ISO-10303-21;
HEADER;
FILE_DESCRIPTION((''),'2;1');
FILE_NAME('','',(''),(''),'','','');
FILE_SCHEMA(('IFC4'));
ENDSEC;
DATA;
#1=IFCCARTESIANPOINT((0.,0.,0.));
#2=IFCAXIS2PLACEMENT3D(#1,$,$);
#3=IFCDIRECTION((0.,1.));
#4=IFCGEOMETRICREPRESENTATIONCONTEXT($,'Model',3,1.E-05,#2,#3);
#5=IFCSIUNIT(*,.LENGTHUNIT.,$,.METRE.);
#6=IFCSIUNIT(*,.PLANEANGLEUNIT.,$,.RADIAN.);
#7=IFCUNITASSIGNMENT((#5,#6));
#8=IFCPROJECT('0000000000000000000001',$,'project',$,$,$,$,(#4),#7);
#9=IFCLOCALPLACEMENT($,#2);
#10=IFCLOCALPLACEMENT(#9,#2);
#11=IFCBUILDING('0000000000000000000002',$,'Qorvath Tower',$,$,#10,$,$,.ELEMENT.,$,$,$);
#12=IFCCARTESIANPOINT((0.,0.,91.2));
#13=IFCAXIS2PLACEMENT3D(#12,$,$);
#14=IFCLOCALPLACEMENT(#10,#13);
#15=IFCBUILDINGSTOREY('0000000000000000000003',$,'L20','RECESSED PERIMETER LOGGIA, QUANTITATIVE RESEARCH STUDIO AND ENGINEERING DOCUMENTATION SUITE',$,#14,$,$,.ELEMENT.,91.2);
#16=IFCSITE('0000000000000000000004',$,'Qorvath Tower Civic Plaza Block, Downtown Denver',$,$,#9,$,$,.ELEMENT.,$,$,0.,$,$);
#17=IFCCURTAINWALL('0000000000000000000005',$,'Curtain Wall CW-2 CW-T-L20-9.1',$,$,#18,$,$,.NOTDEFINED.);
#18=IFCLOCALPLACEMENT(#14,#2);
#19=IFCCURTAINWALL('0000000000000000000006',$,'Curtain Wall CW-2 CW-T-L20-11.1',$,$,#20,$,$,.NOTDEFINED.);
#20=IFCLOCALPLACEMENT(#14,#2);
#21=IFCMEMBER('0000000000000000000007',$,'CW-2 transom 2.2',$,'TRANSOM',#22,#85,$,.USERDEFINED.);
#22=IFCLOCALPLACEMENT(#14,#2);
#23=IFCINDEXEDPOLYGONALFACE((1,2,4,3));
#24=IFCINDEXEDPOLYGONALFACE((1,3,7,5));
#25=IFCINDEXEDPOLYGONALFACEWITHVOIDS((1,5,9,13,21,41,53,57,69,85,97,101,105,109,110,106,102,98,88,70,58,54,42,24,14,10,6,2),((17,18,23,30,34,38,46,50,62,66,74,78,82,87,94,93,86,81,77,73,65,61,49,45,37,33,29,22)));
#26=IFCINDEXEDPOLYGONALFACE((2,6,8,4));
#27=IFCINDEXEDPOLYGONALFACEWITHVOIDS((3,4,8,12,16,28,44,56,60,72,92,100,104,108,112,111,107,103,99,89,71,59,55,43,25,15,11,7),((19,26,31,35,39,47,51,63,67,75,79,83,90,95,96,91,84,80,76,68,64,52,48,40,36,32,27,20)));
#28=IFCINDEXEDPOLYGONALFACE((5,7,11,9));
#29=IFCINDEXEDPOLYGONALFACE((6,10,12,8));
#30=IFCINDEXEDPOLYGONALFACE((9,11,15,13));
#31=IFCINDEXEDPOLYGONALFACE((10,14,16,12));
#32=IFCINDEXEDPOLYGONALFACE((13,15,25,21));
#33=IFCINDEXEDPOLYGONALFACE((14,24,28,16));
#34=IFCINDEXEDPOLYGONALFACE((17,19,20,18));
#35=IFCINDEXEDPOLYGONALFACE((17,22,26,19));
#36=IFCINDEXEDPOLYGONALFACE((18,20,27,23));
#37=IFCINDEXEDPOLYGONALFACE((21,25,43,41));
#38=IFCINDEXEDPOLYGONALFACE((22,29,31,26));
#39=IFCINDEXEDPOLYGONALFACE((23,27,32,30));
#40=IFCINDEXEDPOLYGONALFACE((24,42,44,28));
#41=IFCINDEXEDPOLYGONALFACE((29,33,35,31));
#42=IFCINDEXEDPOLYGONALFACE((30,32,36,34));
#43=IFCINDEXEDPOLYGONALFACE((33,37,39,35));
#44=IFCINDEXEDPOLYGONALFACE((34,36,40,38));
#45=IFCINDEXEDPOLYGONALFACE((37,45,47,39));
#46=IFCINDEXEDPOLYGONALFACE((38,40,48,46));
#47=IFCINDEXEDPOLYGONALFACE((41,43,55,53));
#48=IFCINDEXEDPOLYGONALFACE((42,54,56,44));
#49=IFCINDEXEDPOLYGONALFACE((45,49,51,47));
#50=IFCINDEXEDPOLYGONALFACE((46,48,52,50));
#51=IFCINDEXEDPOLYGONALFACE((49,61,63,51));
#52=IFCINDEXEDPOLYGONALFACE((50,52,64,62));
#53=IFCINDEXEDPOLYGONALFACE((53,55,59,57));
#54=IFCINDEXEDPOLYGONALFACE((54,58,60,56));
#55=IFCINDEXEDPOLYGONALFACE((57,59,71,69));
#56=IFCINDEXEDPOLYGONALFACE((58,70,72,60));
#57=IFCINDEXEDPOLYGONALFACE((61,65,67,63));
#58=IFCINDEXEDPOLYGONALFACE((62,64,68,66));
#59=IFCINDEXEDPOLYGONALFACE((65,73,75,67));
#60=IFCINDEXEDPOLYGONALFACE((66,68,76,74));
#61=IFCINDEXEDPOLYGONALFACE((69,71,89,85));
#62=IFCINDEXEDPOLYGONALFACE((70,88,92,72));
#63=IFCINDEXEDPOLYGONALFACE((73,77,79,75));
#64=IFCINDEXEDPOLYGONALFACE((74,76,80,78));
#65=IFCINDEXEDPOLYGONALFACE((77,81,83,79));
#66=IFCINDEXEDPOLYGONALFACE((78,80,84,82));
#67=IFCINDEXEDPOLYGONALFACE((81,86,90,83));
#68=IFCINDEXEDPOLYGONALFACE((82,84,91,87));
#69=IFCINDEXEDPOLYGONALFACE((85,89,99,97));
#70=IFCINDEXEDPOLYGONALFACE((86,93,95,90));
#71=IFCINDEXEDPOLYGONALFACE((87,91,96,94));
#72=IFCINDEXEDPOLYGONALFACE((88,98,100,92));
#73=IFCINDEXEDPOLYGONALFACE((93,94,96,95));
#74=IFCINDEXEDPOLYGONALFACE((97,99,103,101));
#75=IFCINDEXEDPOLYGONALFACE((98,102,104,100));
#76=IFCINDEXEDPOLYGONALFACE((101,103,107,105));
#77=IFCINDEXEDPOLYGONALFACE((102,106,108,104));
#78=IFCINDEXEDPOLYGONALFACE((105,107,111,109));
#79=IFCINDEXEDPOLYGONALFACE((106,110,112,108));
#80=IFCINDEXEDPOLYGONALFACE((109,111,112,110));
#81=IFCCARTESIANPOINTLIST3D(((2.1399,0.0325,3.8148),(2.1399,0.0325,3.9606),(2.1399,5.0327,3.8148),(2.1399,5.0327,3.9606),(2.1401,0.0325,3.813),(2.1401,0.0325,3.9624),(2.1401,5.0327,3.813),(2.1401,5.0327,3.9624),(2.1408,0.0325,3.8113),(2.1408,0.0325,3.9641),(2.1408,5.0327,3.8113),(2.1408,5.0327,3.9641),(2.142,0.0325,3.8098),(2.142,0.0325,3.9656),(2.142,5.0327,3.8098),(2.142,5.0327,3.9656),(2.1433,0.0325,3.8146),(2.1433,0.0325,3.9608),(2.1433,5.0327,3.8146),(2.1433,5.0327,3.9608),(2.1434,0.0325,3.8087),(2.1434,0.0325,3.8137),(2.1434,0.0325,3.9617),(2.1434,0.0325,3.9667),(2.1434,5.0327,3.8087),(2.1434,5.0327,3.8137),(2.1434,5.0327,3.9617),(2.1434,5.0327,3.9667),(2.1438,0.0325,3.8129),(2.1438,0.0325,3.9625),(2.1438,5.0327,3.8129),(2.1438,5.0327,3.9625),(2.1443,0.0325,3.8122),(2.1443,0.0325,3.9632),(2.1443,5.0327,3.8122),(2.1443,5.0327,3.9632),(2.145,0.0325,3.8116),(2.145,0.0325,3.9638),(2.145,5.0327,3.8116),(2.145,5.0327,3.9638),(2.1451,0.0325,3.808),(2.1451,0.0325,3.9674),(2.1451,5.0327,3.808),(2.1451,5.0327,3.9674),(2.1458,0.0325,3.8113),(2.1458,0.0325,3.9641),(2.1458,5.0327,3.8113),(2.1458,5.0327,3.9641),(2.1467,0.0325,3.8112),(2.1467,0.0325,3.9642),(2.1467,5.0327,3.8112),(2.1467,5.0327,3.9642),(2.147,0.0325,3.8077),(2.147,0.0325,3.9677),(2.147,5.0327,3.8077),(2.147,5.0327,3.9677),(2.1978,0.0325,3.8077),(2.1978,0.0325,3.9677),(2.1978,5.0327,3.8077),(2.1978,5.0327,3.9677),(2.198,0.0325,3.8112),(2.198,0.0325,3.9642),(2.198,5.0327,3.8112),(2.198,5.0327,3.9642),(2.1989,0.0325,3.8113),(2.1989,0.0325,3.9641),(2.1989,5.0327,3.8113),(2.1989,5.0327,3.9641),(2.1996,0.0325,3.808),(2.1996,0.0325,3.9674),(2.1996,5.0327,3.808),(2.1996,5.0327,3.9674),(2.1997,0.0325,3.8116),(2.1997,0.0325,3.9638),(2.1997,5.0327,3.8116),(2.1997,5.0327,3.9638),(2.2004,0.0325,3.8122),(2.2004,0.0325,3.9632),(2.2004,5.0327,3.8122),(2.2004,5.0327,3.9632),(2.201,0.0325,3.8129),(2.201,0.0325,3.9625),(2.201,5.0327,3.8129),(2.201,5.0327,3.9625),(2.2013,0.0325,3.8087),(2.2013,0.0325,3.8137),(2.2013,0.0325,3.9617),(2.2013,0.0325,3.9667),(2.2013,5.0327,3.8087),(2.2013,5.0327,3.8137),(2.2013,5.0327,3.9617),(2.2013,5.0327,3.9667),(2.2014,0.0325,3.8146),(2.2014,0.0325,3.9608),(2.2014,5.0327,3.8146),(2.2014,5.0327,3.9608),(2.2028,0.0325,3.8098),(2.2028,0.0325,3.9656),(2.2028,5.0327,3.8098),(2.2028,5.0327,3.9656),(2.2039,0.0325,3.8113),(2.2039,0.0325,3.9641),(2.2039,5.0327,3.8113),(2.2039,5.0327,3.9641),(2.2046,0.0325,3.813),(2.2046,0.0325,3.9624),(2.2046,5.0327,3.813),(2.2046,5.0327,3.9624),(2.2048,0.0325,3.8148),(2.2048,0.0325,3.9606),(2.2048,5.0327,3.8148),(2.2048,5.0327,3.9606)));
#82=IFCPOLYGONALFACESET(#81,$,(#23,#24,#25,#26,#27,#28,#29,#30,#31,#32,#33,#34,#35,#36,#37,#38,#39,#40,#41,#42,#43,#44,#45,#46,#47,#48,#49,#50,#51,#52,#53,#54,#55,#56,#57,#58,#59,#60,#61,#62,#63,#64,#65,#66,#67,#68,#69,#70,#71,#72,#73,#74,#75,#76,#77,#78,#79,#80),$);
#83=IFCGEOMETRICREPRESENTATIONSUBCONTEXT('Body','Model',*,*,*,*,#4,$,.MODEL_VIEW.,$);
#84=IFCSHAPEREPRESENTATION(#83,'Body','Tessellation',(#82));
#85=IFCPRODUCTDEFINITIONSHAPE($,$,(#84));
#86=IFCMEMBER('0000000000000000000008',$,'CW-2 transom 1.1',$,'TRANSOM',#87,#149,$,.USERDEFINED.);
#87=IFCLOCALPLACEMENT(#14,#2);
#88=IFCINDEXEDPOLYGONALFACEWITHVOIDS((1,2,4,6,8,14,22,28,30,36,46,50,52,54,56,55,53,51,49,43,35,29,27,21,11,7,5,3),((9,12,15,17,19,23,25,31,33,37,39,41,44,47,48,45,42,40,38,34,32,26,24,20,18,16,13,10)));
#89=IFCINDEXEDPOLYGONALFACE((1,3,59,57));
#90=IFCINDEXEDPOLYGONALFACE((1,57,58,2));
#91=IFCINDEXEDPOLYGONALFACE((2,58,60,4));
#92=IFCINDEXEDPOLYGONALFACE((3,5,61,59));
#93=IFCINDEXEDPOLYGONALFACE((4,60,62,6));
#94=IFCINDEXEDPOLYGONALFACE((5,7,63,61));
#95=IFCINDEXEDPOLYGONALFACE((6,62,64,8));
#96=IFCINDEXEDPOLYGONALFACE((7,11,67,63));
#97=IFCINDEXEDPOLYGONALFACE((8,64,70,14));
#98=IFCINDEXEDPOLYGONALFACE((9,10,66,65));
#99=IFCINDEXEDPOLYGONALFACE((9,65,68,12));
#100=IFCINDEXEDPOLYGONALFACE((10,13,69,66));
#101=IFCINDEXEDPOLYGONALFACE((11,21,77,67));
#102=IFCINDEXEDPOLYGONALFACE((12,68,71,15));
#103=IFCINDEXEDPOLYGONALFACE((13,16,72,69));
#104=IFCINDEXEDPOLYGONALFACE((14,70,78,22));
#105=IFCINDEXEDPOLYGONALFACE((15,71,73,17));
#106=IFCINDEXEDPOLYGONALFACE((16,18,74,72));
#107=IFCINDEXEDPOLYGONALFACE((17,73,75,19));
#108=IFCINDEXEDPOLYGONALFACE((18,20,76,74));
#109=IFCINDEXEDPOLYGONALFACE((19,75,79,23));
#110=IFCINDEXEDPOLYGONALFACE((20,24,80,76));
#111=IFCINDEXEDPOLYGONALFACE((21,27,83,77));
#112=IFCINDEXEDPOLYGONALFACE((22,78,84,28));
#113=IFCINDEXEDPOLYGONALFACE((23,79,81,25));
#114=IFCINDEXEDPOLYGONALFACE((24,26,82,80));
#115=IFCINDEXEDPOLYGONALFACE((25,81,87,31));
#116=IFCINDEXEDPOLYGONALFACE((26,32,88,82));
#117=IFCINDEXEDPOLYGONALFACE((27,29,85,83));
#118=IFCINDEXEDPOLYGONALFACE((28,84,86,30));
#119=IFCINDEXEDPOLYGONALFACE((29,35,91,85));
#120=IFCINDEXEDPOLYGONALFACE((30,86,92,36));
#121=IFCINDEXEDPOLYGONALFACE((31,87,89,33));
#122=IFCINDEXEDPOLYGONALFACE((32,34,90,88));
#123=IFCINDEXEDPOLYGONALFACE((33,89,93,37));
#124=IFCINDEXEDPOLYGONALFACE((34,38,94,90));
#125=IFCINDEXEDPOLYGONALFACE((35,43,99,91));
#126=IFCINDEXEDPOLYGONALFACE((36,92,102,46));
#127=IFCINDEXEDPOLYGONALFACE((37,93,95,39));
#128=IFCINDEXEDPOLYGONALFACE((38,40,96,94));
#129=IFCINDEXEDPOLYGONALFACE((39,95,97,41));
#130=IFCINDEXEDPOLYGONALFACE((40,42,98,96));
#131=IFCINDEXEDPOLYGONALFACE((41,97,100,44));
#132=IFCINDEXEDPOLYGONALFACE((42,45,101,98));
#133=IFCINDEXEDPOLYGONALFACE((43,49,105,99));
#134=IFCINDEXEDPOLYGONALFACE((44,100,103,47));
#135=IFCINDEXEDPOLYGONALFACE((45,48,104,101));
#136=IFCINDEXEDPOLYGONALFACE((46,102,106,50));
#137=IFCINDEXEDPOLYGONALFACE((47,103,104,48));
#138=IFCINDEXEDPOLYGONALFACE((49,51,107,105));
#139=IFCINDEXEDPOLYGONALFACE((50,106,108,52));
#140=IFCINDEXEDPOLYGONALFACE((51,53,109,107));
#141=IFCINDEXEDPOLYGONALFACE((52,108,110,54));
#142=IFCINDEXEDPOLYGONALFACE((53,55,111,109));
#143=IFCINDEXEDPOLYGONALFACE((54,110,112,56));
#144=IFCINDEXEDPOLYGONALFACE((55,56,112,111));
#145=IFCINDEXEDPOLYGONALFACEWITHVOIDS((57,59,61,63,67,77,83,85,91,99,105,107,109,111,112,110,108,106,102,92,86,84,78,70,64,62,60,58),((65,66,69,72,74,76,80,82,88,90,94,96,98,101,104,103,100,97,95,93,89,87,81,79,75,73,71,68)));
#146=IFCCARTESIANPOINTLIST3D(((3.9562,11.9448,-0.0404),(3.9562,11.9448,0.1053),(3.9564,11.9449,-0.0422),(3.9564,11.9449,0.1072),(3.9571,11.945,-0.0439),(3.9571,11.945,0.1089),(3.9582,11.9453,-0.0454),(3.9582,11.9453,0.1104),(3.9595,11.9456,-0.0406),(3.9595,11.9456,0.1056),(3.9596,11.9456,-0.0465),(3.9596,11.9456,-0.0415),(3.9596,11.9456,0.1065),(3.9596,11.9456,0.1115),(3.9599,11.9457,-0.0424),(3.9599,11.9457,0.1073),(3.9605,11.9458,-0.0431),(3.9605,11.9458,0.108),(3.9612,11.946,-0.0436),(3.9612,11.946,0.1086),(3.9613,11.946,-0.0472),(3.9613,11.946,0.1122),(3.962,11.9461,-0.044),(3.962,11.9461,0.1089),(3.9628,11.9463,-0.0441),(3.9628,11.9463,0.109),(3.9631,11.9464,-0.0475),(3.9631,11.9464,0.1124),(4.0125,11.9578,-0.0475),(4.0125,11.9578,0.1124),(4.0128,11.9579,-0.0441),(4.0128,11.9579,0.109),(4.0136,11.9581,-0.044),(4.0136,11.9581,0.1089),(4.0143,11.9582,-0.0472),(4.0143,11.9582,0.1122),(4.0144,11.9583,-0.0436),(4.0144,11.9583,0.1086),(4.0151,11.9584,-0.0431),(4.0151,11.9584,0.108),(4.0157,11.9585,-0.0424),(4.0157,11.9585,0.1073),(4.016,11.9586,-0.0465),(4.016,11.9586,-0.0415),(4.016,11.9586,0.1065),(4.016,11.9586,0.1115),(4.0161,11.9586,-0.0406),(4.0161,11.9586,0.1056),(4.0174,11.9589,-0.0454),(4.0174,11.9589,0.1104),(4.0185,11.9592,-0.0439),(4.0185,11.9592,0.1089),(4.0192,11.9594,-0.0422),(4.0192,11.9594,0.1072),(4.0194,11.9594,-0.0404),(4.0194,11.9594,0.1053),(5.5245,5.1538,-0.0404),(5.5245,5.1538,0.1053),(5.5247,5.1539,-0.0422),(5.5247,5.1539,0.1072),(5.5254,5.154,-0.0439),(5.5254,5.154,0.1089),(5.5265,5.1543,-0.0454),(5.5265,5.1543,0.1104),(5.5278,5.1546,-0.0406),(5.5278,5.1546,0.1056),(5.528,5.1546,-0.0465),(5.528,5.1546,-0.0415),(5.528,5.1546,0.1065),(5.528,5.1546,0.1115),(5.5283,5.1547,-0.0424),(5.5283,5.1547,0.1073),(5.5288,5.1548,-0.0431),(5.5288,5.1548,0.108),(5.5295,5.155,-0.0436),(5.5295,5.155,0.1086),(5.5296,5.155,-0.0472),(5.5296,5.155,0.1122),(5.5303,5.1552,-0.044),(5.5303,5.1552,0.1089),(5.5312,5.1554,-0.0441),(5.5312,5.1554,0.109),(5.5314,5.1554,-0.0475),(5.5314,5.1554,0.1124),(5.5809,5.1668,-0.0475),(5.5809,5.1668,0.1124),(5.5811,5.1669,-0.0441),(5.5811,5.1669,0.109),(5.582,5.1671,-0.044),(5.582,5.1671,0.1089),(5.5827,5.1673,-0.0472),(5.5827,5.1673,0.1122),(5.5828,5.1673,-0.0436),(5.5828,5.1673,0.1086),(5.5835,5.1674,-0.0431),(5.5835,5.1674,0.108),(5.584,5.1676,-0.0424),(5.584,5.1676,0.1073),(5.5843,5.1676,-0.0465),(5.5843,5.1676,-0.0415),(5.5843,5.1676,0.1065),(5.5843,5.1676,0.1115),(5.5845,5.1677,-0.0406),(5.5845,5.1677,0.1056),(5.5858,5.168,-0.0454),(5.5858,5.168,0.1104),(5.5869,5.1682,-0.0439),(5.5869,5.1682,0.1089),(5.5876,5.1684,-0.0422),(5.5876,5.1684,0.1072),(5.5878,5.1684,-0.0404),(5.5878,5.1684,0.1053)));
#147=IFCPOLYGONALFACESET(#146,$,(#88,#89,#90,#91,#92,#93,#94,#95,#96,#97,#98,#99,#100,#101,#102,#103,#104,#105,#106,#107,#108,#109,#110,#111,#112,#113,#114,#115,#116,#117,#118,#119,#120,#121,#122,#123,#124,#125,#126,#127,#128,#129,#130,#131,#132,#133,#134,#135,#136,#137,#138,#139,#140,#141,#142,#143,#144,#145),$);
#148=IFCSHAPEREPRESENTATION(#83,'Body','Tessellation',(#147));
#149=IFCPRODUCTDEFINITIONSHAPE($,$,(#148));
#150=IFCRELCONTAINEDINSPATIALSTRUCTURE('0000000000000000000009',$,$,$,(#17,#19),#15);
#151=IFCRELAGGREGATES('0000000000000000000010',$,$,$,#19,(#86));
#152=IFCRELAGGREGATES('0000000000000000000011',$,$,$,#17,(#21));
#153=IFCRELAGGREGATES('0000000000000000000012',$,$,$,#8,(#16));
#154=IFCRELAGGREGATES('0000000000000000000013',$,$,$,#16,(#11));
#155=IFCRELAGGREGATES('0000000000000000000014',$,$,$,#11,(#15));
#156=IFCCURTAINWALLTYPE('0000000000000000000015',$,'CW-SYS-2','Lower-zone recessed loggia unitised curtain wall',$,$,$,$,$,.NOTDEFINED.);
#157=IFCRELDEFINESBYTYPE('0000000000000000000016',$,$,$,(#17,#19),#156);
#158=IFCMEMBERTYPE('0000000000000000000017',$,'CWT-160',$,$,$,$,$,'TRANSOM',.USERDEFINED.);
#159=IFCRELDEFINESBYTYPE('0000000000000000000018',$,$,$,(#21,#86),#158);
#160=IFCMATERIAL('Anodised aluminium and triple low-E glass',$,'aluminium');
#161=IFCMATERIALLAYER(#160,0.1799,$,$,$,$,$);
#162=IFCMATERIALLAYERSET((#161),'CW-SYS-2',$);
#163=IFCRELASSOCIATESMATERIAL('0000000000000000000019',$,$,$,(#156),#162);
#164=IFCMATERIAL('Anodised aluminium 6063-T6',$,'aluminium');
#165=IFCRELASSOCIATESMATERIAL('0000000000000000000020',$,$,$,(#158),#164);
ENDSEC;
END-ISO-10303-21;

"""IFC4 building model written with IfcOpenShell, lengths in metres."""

from ifc_helpers import new_model, si_unit, direction, frame, origin, origin_2d, place, context, subcontext, project, spatial, hollow_rectangle, extrude, material, layer, layer_set, material_profile, profile_set, type_object, element, aggregate, save


model = new_model("IFC4")

# Units and contexts
model_context = context("Model", 3, precision=1e-05, world=origin(), true_north=direction((0.0, 1.0)))
body_context = subcontext(model_context, "Body", "Model", "MODEL_VIEW")
ifc_project = project(units=[si_unit("LENGTHUNIT", "METRE"), si_unit("PLANEANGLEUNIT", "RADIAN")], contexts=[model_context])

# Site, building, storey
site_placement = place(None, origin())
site = spatial("IfcSite", under=ifc_project, at=site_placement, Name="Qorvath Tower Civic Plaza Block, Downtown Denver", CompositionType="ELEMENT", RefElevation=0.0)
building_placement = place(site_placement, origin())
building = spatial("IfcBuilding", under=site, at=building_placement, Name="Qorvath Tower", CompositionType="ELEMENT")
storey_placement = place(building_placement, frame((0.0, 0.0, 91.2)))
storey = spatial("IfcBuildingStorey", under=building, at=storey_placement, Name="L20", Description="RECESSED PERIMETER LOGGIA, QUANTITATIVE RESEARCH STUDIO AND ENGINEERING DOCUMENTATION SUITE", CompositionType="ELEMENT", Elevation=91.2)

# Curtain wall
ifc_material_1 = material(Name="Anodised aluminium and triple low-E glass", Category="aluminium")
ifc_layer_1 = layer(ifc_material_1, 0.1799)
ifc_layer_set_1 = layer_set([ifc_layer_1], Name="CW-SYS-2")
curtain_wall_type = type_object("IfcCurtainWallType", Name="CW-SYS-2", Description="Lower-zone recessed loggia unitised curtain wall", PredefinedType="NOTDEFINED", material=ifc_layer_set_1)
curtain_wall_1_placement = place(storey_placement, origin())
curtain_wall_1 = element("IfcCurtainWall", 1, at=curtain_wall_1_placement, inside=storey, type_object=curtain_wall_type, Name="Curtain Wall CW-2 CW-T-L20-9.1", PredefinedType="NOTDEFINED")

# Curtain wall
curtain_wall_2_placement = place(storey_placement, origin())
curtain_wall_2 = element("IfcCurtainWall", 2, at=curtain_wall_2_placement, inside=storey, type_object=curtain_wall_type, Name="Curtain Wall CW-2 CW-T-L20-11.1", PredefinedType="NOTDEFINED")

# Members
ifc_material_2 = material(Name="Anodised aluminium 6063-T6", Category="aluminium")
ifc_material_profile_1 = material_profile(ifc_material_2, hollow_rectangle(XDim=0.0649, YDim=0.1599, WallThickness=0.0034, InnerFilletRadius=0.0034, OuterFilletRadius=0.0071, at=origin_2d()), Name="CWT 160x65")
ifc_profile_set_1 = profile_set([ifc_material_profile_1], Name="Anodised aluminium 6063-T6")
member_type_1 = type_object("IfcMemberType", Name="CWT-160", ElementType="TRANSOM", PredefinedType="USERDEFINED", material=ifc_profile_set_1)
member_1_placement = place(storey_placement, frame((2.1724, 0.0325, 3.8877), z_axis=(0.0, 1.0, 0.0), x_axis=(-1.0, 0.0, 0.0)))
member_1 = element("IfcMember", 3, at=member_1_placement, type_object=member_type_1, Name="CW-2 transom 2.2", ObjectType="TRANSOM", PredefinedType="USERDEFINED", context=body_context, shape_type="SweptSolid", body=[
    extrude(hollow_rectangle(XDim=0.0649, YDim=0.1599, WallThickness=0.0034, InnerFilletRadius=0.0034, OuterFilletRadius=0.0071, at=origin_2d()), origin(), (0.0, 0.0, 1.0), 5.0002),
])
member_2_placement = place(storey_placement, frame((5.5562, 5.1611, 0.0325), z_axis=(-0.225023, 0.974353, 0.0), x_axis=(-0.974353, -0.225023, 0.0)))
member_2 = element("IfcMember", 4, at=member_2_placement, type_object=member_type_1, Name="CW-2 transom 1.1", ObjectType="TRANSOM", PredefinedType="USERDEFINED", context=body_context, shape_type="SweptSolid", body=[
    extrude(hollow_rectangle(XDim=0.0649, YDim=0.1599, WallThickness=0.0034, InnerFilletRadius=0.0034, OuterFilletRadius=0.0071, at=origin_2d()), origin(), (0.0, 0.0, 1.0), 6.9697),
])
aggregate(curtain_wall_2, [member_2])

aggregate(curtain_wall_1, [member_1])

save(model, "model.ifc")
